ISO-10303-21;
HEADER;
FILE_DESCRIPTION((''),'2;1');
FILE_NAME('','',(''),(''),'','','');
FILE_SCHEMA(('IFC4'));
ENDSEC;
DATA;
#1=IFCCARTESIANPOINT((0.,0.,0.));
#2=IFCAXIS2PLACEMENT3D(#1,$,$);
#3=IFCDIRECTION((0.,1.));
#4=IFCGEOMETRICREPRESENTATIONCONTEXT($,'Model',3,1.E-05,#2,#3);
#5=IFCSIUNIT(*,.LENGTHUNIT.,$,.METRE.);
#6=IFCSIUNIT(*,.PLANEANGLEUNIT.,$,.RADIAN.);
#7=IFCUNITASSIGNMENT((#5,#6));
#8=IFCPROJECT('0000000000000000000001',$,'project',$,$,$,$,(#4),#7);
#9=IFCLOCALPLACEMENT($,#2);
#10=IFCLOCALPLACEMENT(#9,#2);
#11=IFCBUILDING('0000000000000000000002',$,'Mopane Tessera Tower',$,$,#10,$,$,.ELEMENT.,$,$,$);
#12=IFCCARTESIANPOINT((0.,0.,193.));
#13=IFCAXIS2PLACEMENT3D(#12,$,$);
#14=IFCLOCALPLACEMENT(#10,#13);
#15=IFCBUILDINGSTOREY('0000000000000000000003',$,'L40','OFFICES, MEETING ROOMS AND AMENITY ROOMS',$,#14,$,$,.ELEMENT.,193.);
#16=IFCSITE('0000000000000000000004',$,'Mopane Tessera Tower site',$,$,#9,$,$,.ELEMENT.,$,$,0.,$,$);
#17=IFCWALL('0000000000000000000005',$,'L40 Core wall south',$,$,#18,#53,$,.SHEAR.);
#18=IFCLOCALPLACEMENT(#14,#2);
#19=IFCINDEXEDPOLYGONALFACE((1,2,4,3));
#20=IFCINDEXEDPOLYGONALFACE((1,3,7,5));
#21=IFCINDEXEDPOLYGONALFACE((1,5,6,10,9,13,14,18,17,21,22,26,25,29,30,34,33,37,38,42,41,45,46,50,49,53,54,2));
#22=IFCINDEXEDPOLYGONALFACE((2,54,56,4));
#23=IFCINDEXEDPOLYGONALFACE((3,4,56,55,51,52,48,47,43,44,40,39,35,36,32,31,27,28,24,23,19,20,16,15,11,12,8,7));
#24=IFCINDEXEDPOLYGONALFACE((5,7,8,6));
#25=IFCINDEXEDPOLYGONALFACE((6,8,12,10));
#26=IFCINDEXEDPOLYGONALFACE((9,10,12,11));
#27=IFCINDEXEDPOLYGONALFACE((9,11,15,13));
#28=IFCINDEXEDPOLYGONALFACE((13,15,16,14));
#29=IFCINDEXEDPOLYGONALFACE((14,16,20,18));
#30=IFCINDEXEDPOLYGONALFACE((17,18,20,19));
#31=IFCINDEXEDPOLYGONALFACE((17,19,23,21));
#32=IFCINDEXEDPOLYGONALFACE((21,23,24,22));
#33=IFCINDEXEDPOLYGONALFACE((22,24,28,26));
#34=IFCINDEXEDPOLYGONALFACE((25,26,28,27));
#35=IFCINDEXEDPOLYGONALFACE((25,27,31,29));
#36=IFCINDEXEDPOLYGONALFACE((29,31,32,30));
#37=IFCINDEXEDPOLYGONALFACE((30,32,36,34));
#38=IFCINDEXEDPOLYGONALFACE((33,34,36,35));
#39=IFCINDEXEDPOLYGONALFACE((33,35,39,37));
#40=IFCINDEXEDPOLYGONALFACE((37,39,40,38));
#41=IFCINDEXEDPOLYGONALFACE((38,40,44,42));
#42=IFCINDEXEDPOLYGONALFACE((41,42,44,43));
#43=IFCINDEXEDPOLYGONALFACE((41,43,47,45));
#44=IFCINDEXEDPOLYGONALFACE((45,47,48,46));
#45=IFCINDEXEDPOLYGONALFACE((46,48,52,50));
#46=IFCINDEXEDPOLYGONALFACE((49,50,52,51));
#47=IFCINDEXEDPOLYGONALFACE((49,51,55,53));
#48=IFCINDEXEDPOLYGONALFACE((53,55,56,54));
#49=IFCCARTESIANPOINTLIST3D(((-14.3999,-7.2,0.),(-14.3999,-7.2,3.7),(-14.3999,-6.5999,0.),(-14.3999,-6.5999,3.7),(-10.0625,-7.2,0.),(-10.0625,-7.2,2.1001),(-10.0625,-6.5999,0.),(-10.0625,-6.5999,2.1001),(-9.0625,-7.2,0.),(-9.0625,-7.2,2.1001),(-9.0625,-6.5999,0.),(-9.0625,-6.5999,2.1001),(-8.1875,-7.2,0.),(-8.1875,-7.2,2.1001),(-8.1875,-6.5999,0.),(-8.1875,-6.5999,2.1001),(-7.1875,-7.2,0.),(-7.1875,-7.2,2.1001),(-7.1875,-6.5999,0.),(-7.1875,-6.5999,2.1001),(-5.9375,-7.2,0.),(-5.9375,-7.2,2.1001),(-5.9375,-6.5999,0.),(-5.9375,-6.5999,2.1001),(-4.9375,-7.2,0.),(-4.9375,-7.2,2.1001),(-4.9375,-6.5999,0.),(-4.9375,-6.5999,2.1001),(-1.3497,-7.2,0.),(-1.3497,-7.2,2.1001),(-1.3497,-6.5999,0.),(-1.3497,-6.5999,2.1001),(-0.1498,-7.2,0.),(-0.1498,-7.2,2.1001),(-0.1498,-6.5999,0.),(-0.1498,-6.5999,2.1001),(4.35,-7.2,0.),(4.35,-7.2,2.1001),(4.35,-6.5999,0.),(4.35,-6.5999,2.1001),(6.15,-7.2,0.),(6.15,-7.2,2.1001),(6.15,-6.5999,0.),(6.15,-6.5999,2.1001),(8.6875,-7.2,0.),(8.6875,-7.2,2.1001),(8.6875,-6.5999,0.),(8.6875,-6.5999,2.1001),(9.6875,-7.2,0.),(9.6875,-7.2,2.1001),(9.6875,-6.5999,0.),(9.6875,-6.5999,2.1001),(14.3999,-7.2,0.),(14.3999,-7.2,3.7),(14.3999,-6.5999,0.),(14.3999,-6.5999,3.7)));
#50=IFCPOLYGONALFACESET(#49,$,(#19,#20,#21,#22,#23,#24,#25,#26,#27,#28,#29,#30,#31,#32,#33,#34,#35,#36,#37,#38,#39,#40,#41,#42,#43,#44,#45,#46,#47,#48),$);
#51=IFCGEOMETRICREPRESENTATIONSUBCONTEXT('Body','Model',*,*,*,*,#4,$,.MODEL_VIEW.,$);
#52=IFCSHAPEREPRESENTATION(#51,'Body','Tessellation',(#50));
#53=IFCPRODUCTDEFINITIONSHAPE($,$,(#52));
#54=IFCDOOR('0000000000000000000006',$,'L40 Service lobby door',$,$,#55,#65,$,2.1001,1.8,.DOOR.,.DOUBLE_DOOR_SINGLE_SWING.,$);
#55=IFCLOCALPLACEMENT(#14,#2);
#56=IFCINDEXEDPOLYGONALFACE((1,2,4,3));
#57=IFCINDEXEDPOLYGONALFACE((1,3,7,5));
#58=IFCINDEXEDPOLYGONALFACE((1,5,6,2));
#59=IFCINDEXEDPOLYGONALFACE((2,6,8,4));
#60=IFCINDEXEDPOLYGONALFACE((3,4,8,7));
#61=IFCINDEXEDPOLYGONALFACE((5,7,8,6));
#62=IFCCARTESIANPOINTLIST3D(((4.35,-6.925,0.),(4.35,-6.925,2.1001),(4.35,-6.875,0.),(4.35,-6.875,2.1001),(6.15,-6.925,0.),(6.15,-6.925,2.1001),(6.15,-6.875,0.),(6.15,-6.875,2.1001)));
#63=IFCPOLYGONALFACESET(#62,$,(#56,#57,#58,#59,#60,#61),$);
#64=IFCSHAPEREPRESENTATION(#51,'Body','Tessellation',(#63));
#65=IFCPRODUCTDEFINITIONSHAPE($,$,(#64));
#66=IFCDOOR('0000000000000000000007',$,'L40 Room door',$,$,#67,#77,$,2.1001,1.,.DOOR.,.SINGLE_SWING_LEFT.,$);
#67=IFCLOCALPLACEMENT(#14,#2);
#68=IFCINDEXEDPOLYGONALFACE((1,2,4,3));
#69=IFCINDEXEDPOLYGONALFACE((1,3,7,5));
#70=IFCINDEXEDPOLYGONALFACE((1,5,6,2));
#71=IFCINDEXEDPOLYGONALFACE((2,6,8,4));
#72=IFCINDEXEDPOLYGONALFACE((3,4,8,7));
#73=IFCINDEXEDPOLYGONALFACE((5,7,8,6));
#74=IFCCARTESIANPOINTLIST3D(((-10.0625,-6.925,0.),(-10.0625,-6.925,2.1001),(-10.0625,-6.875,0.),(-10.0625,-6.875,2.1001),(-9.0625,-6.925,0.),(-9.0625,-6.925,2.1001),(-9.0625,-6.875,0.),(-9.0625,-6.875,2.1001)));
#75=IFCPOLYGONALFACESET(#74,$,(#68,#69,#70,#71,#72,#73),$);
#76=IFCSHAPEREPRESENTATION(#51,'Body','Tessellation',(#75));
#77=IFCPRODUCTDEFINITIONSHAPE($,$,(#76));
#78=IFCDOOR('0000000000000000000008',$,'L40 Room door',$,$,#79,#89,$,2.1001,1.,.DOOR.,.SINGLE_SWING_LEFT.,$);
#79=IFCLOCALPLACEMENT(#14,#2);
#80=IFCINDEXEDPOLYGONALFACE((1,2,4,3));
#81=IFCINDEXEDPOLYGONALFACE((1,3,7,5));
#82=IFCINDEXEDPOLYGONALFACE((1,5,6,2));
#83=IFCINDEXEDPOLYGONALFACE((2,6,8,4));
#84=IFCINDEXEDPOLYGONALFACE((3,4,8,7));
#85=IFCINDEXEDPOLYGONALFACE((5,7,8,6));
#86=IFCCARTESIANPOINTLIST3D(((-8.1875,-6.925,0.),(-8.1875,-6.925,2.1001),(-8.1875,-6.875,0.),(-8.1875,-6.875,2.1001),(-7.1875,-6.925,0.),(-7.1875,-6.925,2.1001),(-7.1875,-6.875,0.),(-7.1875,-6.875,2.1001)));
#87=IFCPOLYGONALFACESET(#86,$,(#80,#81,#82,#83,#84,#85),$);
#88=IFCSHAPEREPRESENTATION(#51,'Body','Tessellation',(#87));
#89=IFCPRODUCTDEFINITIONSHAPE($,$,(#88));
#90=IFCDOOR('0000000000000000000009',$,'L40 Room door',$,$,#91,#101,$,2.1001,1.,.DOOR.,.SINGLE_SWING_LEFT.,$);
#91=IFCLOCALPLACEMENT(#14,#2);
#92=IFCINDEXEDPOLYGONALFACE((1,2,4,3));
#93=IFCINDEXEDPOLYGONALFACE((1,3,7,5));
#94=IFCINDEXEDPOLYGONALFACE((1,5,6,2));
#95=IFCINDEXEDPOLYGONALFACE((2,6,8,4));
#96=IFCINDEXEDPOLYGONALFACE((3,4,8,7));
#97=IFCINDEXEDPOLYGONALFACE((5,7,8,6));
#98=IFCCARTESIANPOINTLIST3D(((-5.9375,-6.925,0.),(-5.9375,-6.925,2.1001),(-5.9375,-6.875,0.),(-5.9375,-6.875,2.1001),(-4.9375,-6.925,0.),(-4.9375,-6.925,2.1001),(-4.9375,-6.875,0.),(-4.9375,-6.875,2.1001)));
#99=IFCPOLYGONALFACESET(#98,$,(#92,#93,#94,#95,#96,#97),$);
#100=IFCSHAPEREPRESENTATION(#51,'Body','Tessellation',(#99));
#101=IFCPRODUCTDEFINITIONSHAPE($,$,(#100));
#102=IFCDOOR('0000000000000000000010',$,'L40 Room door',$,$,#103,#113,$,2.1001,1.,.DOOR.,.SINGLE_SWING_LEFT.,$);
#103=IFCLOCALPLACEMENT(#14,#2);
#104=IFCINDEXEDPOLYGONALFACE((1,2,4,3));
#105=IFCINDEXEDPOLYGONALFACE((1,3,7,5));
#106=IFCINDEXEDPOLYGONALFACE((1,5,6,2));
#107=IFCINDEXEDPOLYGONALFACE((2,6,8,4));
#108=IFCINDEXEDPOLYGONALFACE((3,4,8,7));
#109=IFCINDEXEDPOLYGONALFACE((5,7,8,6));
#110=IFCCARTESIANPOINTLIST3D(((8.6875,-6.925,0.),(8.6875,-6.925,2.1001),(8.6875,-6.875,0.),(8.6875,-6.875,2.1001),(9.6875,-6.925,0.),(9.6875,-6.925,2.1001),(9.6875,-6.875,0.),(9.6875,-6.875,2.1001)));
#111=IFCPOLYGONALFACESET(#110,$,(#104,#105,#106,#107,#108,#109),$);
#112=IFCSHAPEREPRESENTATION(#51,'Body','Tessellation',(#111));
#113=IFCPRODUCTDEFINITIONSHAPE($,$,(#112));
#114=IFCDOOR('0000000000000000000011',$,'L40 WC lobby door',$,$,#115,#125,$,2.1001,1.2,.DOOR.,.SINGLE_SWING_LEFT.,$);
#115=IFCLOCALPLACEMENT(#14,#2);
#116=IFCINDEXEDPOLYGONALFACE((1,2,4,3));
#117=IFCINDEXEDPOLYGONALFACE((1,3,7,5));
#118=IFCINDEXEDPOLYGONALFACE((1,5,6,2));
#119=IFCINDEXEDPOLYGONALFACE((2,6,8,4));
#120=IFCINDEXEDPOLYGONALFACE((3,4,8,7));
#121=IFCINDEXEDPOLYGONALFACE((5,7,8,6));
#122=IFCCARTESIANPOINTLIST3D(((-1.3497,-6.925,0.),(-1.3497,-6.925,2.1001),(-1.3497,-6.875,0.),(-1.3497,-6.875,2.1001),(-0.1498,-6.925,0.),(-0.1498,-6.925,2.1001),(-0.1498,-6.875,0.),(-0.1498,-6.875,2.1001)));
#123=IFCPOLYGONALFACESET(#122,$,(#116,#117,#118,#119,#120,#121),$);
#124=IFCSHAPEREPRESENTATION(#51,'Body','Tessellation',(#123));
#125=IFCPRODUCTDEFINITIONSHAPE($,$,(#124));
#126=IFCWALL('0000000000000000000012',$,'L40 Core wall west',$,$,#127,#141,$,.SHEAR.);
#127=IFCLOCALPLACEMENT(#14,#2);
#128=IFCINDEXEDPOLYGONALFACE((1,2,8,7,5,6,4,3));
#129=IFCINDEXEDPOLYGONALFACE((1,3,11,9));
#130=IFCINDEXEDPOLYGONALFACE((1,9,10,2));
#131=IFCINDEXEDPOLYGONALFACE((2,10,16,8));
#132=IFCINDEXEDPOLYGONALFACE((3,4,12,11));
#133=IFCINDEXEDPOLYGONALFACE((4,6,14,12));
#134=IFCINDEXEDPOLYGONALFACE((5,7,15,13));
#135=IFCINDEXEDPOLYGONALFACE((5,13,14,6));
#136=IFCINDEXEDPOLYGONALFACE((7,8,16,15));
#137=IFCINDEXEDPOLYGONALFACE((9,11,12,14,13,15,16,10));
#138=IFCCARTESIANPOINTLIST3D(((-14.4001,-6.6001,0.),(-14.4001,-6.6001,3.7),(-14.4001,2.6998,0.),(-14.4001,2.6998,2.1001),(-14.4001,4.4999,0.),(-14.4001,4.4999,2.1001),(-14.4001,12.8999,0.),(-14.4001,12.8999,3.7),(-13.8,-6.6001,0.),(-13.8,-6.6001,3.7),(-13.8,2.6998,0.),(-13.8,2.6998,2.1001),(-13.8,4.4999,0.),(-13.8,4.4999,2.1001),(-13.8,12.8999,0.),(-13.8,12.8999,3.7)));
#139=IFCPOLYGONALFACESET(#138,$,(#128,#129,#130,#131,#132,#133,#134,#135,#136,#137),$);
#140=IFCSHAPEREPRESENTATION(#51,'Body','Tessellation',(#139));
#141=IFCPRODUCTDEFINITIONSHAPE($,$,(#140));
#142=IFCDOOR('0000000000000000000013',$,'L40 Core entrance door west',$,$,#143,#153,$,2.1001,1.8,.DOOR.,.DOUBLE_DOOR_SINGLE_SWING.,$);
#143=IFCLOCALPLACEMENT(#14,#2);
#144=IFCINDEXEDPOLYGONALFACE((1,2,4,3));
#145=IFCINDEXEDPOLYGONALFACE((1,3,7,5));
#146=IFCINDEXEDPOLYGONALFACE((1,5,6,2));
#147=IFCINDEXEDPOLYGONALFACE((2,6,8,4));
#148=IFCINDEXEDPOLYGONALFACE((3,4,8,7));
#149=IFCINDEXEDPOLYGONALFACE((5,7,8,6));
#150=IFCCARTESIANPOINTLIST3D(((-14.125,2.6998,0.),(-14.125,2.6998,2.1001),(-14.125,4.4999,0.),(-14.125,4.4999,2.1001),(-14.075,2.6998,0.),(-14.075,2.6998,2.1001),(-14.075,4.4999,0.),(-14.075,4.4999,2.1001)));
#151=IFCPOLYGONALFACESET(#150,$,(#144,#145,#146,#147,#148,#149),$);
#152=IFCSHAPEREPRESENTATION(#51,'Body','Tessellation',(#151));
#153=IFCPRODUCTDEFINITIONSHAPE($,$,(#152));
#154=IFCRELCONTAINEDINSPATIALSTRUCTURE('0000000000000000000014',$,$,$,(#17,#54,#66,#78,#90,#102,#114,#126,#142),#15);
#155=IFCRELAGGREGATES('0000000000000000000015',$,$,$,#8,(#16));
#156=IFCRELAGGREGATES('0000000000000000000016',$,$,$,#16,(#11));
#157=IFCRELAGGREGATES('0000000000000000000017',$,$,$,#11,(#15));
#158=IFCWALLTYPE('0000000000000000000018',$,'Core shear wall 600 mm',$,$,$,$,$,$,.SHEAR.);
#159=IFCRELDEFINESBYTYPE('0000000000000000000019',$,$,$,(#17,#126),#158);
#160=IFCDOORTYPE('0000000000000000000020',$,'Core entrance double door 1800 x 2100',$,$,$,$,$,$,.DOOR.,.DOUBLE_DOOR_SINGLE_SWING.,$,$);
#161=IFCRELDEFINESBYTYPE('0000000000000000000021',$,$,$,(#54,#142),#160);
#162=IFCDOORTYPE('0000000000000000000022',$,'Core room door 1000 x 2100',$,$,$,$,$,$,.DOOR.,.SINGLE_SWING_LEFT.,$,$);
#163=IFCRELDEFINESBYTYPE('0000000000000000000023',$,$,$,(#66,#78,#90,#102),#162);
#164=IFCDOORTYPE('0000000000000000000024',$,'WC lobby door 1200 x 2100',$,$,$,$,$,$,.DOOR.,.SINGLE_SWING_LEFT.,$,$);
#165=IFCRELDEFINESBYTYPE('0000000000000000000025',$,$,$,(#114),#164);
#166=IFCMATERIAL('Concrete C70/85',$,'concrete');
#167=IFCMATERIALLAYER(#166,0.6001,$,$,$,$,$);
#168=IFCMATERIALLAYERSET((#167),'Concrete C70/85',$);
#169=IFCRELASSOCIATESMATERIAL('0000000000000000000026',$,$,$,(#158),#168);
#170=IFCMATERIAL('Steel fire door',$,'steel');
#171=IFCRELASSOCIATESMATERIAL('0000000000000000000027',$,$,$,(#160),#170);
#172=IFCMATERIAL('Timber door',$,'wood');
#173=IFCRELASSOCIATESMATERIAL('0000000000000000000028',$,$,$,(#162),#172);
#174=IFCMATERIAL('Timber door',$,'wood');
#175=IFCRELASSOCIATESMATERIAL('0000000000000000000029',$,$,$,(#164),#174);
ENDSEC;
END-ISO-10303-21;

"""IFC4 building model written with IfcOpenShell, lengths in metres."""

from ifc_helpers import new_model, si_unit, direction, frame, frame_2d, origin, place, context, subcontext, project, spatial, rectangle, extrude, material, layer, layer_set, type_object, element, fill, save


model = new_model("IFC4")

# Units and contexts
model_context = context("Model", 3, precision=1e-05, world=origin(), true_north=direction((0.0, 1.0)))
body_context = subcontext(model_context, "Body", "Model", "MODEL_VIEW")
ifc_project = project(units=[si_unit("LENGTHUNIT", "METRE"), si_unit("PLANEANGLEUNIT", "RADIAN")], contexts=[model_context])

# Site, building, storey
site_placement = place(None, origin())
site = spatial("IfcSite", under=ifc_project, at=site_placement, Name="Mopane Tessera Tower site", CompositionType="ELEMENT", RefElevation=0.0)
building_placement = place(site_placement, origin())
building = spatial("IfcBuilding", under=site, at=building_placement, Name="Mopane Tessera Tower", CompositionType="ELEMENT")
storey_placement = place(building_placement, frame((0.0, 0.0, 193.0)))
storey = spatial("IfcBuildingStorey", under=building, at=storey_placement, Name="L40", Description="OFFICES, MEETING ROOMS AND AMENITY ROOMS", CompositionType="ELEMENT", Elevation=193.0)

# Wall, openings, doors
ifc_material_1 = material(Name="Concrete C70/85", Category="concrete")
ifc_layer_1 = layer(ifc_material_1, 0.6001)
ifc_layer_set_1 = layer_set([ifc_layer_1], Name="Concrete C70/85")
wall_type_1 = type_object("IfcWallType", Name="Core shear wall 600 mm", PredefinedType="SHEAR", material=ifc_layer_set_1)
wall_1_placement = place(storey_placement, frame((-14.3999, -6.8999, 0.0), z_axis=(0.0, 0.0, 1.0), x_axis=(1.0, 0.0, 0.0)))
wall_1 = element("IfcWall", 1, at=wall_1_placement, inside=storey, type_object=wall_type_1, Name="L40 Core wall south", PredefinedType="SHEAR", context=body_context, shape_type="SweptSolid", body=[
    extrude(rectangle(XDim=28.7998, YDim=0.6001, at=frame_2d((14.3999, 0.0))), origin(), (0.0, 0.0, 1.0), 3.7),
])
opening_1_placement = place(wall_1_placement, frame((4.3374, 0.0, 0.0)))
opening_1 = element("IfcOpeningElement", 2, at=opening_1_placement, cuts=wall_1, PredefinedType="OPENING", context=body_context, shape_type="SweptSolid", body=[
    extrude(rectangle(XDim=1.0, YDim=2.1001, at=frame_2d((0.5, 1.05))), frame((0.0, 0.312, 0.0), z_axis=(0.0, -1.0, 0.0), x_axis=(1.0, 0.0, 0.0)), (0.0, 0.0, 1.0), 0.624),
])
opening_2_placement = place(wall_1_placement, frame((6.2124, 0.0, 0.0)))
opening_2 = element("IfcOpeningElement", 3, at=opening_2_placement, cuts=wall_1, PredefinedType="OPENING", context=body_context, shape_type="SweptSolid", body=[
    extrude(rectangle(XDim=1.0, YDim=2.1001, at=frame_2d((0.5, 1.05))), frame((0.0, 0.312, 0.0), z_axis=(0.0, -1.0, 0.0), x_axis=(1.0, 0.0, 0.0)), (0.0, 0.0, 1.0), 0.624),
])
opening_3_placement = place(wall_1_placement, frame((8.4624, 0.0, 0.0)))
opening_3 = element("IfcOpeningElement", 4, at=opening_3_placement, cuts=wall_1, PredefinedType="OPENING", context=body_context, shape_type="SweptSolid", body=[
    extrude(rectangle(XDim=1.0, YDim=2.1001, at=frame_2d((0.5, 1.05))), frame((0.0, 0.312, 0.0), z_axis=(0.0, -1.0, 0.0), x_axis=(1.0, 0.0, 0.0)), (0.0, 0.0, 1.0), 0.624),
])
opening_4_placement = place(wall_1_placement, frame((13.05, 0.0, 0.0)))
opening_4 = element("IfcOpeningElement", 5, at=opening_4_placement, cuts=wall_1, PredefinedType="OPENING", context=body_context, shape_type="SweptSolid", body=[
    extrude(rectangle(XDim=1.2, YDim=2.1001, at=frame_2d((0.6001, 1.05))), frame((0.0, 0.312, 0.0), z_axis=(0.0, -1.0, 0.0), x_axis=(1.0, 0.0, 0.0)), (0.0, 0.0, 1.0), 0.624),
])
opening_5_placement = place(wall_1_placement, frame((18.75, 0.0, 0.0)))
opening_5 = element("IfcOpeningElement", 6, at=opening_5_placement, cuts=wall_1, PredefinedType="OPENING", context=body_context, shape_type="SweptSolid", body=[
    extrude(rectangle(XDim=1.8, YDim=2.1001, at=frame_2d((0.8999, 1.05))), frame((0.0, 0.312, 0.0), z_axis=(0.0, -1.0, 0.0), x_axis=(1.0, 0.0, 0.0)), (0.0, 0.0, 1.0), 0.624),
])
opening_6_placement = place(wall_1_placement, frame((23.0874, 0.0, 0.0)))
opening_6 = element("IfcOpeningElement", 7, at=opening_6_placement, cuts=wall_1, PredefinedType="OPENING", context=body_context, shape_type="SweptSolid", body=[
    extrude(rectangle(XDim=1.0, YDim=2.1001, at=frame_2d((0.5, 1.05))), frame((0.0, 0.312, 0.0), z_axis=(0.0, -1.0, 0.0), x_axis=(1.0, 0.0, 0.0)), (0.0, 0.0, 1.0), 0.624),
])
ifc_material_2 = material(Name="Steel fire door", Category="steel")
door_type_1 = type_object("IfcDoorType", Name="Core entrance double door 1800 x 2100", OperationType="DOUBLE_DOOR_SINGLE_SWING", PredefinedType="DOOR", material=ifc_material_2)
door_1_placement = place(opening_5_placement, origin())
door_1 = element("IfcDoor", 8, at=door_1_placement, inside=storey, type_object=door_type_1, Name="L40 Service lobby door", OperationType="DOUBLE_DOOR_SINGLE_SWING", OverallHeight=2.1001, OverallWidth=1.8, PredefinedType="DOOR", context=body_context, shape_type="SweptSolid", body=[
    extrude(rectangle(XDim=1.8, YDim=2.1001, at=frame_2d((0.8999, 1.05))), frame((0.0, 0.0249, 0.0), z_axis=(0.0, -1.0, 0.0), x_axis=(1.0, 0.0, 0.0)), (0.0, 0.0, 1.0), 0.05),
])
fill(opening_5, door_1)
ifc_material_3 = material(Name="Timber door", Category="wood")
door_type_2 = type_object("IfcDoorType", Name="Core room door 1000 x 2100", OperationType="SINGLE_SWING_LEFT", PredefinedType="DOOR", material=ifc_material_3)
door_2_placement = place(opening_1_placement, origin())
door_2 = element("IfcDoor", 9, at=door_2_placement, inside=storey, type_object=door_type_2, Name="L40 Room door", OperationType="SINGLE_SWING_LEFT", OverallHeight=2.1001, OverallWidth=1.0, PredefinedType="DOOR", context=body_context, shape_type="SweptSolid", body=[
    extrude(rectangle(XDim=1.0, YDim=2.1001, at=frame_2d((0.5, 1.05))), frame((0.0, 0.0249, 0.0), z_axis=(0.0, -1.0, 0.0), x_axis=(1.0, 0.0, 0.0)), (0.0, 0.0, 1.0), 0.05),
])
fill(opening_1, door_2)
door_3_placement = place(opening_2_placement, origin())
door_3 = element("IfcDoor", 10, at=door_3_placement, inside=storey, type_object=door_type_2, Name="L40 Room door", OperationType="SINGLE_SWING_LEFT", OverallHeight=2.1001, OverallWidth=1.0, PredefinedType="DOOR", context=body_context, shape_type="SweptSolid", body=[
    extrude(rectangle(XDim=1.0, YDim=2.1001, at=frame_2d((0.5, 1.05))), frame((0.0, 0.0249, 0.0), z_axis=(0.0, -1.0, 0.0), x_axis=(1.0, 0.0, 0.0)), (0.0, 0.0, 1.0), 0.05),
])
fill(opening_2, door_3)
door_4_placement = place(opening_3_placement, origin())
door_4 = element("IfcDoor", 11, at=door_4_placement, inside=storey, type_object=door_type_2, Name="L40 Room door", OperationType="SINGLE_SWING_LEFT", OverallHeight=2.1001, OverallWidth=1.0, PredefinedType="DOOR", context=body_context, shape_type="SweptSolid", body=[
    extrude(rectangle(XDim=1.0, YDim=2.1001, at=frame_2d((0.5, 1.05))), frame((0.0, 0.0249, 0.0), z_axis=(0.0, -1.0, 0.0), x_axis=(1.0, 0.0, 0.0)), (0.0, 0.0, 1.0), 0.05),
])
fill(opening_3, door_4)
door_5_placement = place(opening_6_placement, origin())
door_5 = element("IfcDoor", 12, at=door_5_placement, inside=storey, type_object=door_type_2, Name="L40 Room door", OperationType="SINGLE_SWING_LEFT", OverallHeight=2.1001, OverallWidth=1.0, PredefinedType="DOOR", context=body_context, shape_type="SweptSolid", body=[
    extrude(rectangle(XDim=1.0, YDim=2.1001, at=frame_2d((0.5, 1.05))), frame((0.0, 0.0249, 0.0), z_axis=(0.0, -1.0, 0.0), x_axis=(1.0, 0.0, 0.0)), (0.0, 0.0, 1.0), 0.05),
])
fill(opening_6, door_5)
ifc_material_4 = material(Name="Timber door", Category="wood")
door_type_3 = type_object("IfcDoorType", Name="WC lobby door 1200 x 2100", OperationType="SINGLE_SWING_LEFT", PredefinedType="DOOR", material=ifc_material_4)
door_6_placement = place(opening_4_placement, origin())
door_6 = element("IfcDoor", 13, at=door_6_placement, inside=storey, type_object=door_type_3, Name="L40 WC lobby door", OperationType="SINGLE_SWING_LEFT", OverallHeight=2.1001, OverallWidth=1.2, PredefinedType="DOOR", context=body_context, shape_type="SweptSolid", body=[
    extrude(rectangle(XDim=1.2, YDim=2.1001, at=frame_2d((0.6001, 1.05))), frame((0.0, 0.0249, 0.0), z_axis=(0.0, -1.0, 0.0), x_axis=(1.0, 0.0, 0.0)), (0.0, 0.0, 1.0), 0.05),
])
fill(opening_4, door_6)

# Wall, opening, door
wall_2_placement = place(storey_placement, frame((-14.1001, -6.6001, 0.0), z_axis=(0.0, 0.0, 1.0), x_axis=(0.0, 1.0, 0.0)))
wall_2 = element("IfcWall", 14, at=wall_2_placement, inside=storey, type_object=wall_type_1, Name="L40 Core wall west", PredefinedType="SHEAR", context=body_context, shape_type="SweptSolid", body=[
    extrude(rectangle(XDim=19.5, YDim=0.6001, at=frame_2d((9.75, 0.0))), origin(), (0.0, 0.0, 1.0), 3.7),
])
opening_7_placement = place(wall_2_placement, frame((9.3, 0.0, 0.0)))
opening_7 = element("IfcOpeningElement", 15, at=opening_7_placement, cuts=wall_2, PredefinedType="OPENING", context=body_context, shape_type="SweptSolid", body=[
    extrude(rectangle(XDim=1.8, YDim=2.1001, at=frame_2d((0.8999, 1.05))), frame((0.0, 0.312, 0.0), z_axis=(0.0, -1.0, 0.0), x_axis=(1.0, 0.0, 0.0)), (0.0, 0.0, 1.0), 0.624),
])
door_7_placement = place(opening_7_placement, origin())
door_7 = element("IfcDoor", 16, at=door_7_placement, inside=storey, type_object=door_type_1, Name="L40 Core entrance door west", OperationType="DOUBLE_DOOR_SINGLE_SWING", OverallHeight=2.1001, OverallWidth=1.8, PredefinedType="DOOR", context=body_context, shape_type="SweptSolid", body=[
    extrude(rectangle(XDim=1.8, YDim=2.1001, at=frame_2d((0.8999, 1.05))), frame((0.0, 0.0249, 0.0), z_axis=(0.0, -1.0, 0.0), x_axis=(1.0, 0.0, 0.0)), (0.0, 0.0, 1.0), 0.05),
])
fill(opening_7, door_7)

save(model, "model.ifc")
